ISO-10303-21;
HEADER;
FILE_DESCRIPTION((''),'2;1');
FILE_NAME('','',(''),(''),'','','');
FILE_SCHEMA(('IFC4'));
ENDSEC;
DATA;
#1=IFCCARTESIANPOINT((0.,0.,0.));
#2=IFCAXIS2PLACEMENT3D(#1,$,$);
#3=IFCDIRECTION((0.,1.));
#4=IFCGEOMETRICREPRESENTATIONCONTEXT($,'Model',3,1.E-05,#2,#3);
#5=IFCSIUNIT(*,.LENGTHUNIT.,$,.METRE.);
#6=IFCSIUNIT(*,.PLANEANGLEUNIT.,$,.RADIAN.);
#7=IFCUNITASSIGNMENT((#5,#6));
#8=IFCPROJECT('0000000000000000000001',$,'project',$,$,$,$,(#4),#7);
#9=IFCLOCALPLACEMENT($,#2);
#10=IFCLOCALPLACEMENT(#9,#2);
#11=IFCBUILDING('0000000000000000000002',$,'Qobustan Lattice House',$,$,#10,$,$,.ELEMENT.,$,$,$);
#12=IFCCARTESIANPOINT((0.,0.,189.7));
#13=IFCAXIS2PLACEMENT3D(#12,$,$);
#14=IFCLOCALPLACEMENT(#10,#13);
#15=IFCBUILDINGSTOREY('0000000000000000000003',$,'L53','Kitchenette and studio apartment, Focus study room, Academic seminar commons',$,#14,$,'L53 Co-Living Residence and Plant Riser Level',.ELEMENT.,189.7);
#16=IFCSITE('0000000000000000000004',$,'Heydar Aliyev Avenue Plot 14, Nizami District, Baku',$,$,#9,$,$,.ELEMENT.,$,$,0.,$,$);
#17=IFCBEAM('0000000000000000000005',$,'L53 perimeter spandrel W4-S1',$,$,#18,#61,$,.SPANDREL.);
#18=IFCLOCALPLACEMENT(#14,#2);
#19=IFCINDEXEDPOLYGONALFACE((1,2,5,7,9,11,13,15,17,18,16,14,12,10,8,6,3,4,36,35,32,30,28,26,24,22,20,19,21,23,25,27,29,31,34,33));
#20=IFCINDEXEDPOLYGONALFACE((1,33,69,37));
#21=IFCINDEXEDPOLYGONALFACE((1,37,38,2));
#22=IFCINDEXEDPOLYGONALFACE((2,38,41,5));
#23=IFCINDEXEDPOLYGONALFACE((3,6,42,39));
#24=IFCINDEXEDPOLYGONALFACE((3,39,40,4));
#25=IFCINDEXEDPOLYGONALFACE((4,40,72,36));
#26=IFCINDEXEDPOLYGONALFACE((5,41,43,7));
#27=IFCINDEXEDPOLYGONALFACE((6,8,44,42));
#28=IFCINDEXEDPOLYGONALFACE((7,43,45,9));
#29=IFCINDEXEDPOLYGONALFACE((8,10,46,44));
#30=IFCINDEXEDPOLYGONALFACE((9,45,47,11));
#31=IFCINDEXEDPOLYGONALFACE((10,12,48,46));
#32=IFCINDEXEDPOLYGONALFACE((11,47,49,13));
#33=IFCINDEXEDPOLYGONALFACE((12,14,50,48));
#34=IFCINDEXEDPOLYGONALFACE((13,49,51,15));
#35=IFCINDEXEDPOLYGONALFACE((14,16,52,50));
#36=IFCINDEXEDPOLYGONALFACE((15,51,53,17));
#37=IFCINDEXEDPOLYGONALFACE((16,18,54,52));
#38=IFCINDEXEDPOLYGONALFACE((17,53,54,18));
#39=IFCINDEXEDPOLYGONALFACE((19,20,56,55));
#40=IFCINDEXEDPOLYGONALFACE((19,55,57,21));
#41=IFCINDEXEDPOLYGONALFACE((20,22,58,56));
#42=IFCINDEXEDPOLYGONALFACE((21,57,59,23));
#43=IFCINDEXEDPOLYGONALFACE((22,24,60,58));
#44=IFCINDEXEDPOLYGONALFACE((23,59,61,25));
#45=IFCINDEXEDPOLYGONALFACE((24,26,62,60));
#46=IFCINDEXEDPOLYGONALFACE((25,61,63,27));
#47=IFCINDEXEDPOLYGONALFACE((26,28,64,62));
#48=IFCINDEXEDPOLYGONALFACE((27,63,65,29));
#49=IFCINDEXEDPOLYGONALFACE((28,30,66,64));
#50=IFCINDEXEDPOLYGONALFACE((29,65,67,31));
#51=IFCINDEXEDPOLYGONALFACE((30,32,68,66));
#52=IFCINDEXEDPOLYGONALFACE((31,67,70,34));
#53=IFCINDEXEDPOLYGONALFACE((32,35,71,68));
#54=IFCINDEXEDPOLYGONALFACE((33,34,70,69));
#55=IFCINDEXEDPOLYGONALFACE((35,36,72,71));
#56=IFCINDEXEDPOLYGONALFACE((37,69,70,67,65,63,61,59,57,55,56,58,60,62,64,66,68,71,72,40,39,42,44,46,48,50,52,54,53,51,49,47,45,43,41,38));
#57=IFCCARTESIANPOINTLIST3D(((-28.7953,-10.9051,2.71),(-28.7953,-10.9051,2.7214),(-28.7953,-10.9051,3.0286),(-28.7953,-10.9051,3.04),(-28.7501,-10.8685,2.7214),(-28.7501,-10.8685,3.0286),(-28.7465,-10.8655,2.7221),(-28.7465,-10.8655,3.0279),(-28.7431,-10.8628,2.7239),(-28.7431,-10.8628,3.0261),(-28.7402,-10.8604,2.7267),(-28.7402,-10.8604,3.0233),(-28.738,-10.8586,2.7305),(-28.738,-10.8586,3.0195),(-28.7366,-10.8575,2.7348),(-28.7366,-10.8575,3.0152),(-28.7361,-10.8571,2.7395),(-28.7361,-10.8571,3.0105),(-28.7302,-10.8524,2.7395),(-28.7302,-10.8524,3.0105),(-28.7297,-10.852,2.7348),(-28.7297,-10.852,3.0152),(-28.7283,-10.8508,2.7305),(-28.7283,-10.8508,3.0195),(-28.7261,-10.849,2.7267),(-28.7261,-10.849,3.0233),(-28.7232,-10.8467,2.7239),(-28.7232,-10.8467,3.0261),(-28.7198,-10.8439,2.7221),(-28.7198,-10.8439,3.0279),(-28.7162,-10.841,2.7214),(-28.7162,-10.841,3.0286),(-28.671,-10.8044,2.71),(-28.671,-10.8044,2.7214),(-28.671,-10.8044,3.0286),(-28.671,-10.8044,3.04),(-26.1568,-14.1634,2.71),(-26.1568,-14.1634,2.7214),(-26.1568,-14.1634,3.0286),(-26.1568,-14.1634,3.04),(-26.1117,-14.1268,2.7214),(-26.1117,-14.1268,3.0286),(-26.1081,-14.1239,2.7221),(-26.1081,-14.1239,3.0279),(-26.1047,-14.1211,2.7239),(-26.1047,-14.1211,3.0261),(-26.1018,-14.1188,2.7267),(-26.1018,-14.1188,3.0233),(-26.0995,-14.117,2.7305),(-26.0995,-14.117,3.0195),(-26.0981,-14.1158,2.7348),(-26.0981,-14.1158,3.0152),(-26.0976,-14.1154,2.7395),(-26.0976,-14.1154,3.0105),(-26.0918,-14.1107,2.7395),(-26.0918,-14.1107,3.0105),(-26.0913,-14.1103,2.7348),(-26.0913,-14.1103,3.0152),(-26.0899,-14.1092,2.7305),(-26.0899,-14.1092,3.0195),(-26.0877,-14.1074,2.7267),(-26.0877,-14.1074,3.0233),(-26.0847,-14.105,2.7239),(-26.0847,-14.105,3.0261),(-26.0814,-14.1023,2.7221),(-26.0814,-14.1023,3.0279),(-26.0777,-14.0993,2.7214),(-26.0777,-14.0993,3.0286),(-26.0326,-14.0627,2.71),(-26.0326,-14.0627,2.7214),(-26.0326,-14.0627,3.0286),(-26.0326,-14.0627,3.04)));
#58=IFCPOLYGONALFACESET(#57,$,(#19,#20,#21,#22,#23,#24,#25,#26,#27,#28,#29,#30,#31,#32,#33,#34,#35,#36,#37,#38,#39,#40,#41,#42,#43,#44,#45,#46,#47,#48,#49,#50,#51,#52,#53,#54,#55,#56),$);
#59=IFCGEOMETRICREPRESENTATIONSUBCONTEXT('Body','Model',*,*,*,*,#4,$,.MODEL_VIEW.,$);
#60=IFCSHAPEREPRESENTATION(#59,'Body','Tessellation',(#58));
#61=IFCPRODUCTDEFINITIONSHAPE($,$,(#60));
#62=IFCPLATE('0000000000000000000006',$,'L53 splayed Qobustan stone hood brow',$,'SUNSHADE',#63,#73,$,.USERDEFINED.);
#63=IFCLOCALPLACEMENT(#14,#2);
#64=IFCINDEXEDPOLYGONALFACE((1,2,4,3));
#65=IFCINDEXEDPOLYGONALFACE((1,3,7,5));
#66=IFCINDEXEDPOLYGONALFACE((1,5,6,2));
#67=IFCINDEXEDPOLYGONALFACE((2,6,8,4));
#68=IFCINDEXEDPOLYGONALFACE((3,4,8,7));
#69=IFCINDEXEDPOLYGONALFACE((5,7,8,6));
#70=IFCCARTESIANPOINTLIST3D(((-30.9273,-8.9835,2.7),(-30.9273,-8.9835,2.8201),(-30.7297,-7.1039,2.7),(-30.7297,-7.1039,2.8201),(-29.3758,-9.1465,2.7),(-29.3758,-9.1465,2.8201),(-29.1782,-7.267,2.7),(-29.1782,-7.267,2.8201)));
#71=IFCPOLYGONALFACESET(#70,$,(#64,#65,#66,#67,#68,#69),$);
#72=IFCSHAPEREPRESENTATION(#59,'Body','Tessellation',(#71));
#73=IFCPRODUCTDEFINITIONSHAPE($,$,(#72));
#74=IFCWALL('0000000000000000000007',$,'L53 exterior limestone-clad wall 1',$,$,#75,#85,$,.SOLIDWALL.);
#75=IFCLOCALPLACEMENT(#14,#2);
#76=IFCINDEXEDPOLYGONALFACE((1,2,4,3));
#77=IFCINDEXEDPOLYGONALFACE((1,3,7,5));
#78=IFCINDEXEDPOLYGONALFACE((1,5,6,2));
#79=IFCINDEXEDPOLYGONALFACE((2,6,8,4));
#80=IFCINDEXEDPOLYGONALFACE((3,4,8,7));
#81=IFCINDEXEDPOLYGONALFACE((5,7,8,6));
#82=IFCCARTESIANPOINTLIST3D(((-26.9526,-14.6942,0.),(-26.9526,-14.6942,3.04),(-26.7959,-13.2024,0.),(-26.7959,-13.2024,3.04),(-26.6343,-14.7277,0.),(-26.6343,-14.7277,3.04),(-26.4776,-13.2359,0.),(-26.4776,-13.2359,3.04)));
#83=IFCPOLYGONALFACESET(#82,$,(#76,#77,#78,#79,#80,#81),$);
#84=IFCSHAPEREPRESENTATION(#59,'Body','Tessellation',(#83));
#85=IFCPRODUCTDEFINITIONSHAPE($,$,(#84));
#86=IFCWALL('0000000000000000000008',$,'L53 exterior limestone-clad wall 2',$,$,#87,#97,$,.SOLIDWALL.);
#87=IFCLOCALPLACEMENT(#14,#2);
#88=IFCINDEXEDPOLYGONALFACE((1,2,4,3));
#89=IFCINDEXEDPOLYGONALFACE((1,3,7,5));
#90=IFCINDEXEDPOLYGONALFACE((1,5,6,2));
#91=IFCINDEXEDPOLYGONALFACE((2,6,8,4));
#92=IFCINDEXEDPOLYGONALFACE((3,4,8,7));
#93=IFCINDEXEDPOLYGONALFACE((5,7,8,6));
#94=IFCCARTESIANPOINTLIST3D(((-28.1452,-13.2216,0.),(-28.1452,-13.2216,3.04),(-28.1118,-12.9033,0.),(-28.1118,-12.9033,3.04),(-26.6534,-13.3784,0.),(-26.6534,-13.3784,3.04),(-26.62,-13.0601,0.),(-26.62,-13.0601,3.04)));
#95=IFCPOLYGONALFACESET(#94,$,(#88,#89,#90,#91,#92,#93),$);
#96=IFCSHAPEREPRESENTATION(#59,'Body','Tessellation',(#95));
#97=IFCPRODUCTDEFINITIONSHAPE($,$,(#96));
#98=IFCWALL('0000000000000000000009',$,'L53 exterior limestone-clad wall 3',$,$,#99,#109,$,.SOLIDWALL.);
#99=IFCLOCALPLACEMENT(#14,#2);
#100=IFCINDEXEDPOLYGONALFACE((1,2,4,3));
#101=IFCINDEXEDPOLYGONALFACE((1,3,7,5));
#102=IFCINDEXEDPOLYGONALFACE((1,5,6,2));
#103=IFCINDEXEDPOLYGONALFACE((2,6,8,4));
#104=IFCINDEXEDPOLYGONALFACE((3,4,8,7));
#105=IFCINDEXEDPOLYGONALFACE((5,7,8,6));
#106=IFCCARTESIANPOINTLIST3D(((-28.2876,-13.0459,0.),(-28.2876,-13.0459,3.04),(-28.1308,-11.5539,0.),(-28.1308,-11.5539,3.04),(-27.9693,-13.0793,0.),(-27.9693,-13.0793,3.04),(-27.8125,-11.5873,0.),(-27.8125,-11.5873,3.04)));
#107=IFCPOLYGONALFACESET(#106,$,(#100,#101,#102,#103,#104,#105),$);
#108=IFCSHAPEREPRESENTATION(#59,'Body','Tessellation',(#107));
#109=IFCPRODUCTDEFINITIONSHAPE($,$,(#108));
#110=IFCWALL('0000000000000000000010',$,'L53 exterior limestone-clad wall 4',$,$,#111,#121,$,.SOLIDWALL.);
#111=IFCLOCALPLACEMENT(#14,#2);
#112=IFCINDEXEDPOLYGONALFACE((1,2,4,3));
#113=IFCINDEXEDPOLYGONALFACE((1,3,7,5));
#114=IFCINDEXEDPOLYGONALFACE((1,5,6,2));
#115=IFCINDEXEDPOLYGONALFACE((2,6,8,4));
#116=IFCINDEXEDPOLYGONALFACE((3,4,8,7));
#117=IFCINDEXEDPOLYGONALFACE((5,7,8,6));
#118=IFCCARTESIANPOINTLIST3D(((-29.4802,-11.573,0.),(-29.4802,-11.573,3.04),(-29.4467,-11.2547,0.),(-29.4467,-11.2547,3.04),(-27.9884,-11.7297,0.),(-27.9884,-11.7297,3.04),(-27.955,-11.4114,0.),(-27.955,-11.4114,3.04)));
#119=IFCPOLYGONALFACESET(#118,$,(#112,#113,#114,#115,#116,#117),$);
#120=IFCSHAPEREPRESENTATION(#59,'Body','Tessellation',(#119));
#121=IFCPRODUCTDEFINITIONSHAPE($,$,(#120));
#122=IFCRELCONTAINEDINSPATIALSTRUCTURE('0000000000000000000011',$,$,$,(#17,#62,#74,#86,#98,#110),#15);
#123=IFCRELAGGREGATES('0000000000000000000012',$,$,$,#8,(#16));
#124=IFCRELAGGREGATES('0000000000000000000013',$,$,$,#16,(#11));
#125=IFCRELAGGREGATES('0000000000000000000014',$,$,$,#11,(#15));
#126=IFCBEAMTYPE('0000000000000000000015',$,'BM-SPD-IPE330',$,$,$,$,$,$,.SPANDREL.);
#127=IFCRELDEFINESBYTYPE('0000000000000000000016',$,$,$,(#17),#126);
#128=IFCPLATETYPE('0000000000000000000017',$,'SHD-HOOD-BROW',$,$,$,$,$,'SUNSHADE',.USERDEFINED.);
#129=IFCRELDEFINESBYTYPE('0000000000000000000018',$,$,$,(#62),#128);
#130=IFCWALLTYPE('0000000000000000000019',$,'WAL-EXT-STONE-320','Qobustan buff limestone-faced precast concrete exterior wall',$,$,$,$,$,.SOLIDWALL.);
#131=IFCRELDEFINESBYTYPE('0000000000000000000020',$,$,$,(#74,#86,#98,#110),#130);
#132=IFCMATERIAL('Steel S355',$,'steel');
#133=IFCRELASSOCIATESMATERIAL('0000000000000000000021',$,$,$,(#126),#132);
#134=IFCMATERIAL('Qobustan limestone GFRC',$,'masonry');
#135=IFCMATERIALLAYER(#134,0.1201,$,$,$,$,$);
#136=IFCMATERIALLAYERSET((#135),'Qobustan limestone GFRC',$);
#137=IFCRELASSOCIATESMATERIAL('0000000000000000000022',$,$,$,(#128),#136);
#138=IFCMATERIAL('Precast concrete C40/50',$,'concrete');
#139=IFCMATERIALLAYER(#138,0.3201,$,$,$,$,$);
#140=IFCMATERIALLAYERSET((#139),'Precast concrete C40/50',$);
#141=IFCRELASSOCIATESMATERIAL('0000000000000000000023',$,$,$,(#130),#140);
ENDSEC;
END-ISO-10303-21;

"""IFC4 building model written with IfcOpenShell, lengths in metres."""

from ifc_helpers import new_model, si_unit, direction, frame, frame_2d, origin, origin_2d, place, context, subcontext, project, spatial, rectangle, i_section, extrude, material, layer, layer_set, material_profile, profile_set, type_object, element, save


model = new_model("IFC4")

# Units and contexts
model_context = context("Model", 3, precision=1e-05, world=origin(), true_north=direction((0.0, 1.0)))
body_context = subcontext(model_context, "Body", "Model", "MODEL_VIEW")
ifc_project = project(units=[si_unit("LENGTHUNIT", "METRE"), si_unit("PLANEANGLEUNIT", "RADIAN")], contexts=[model_context])

# Site, building, storey
site_placement = place(None, origin())
site = spatial("IfcSite", under=ifc_project, at=site_placement, Name="Heydar Aliyev Avenue Plot 14, Nizami District, Baku", CompositionType="ELEMENT", RefElevation=0.0)
building_placement = place(site_placement, origin())
building = spatial("IfcBuilding", under=site, at=building_placement, Name="Qobustan Lattice House", CompositionType="ELEMENT")
storey_placement = place(building_placement, frame((0.0, 0.0, 189.7)))
storey = spatial("IfcBuildingStorey", under=building, at=storey_placement, Name="L53", Description="Kitchenette and studio apartment, Focus study room, Academic seminar commons", LongName="L53 Co-Living Residence and Plant Riser Level", CompositionType="ELEMENT", Elevation=189.7)

# Beam
ifc_material_1 = material(Name="Steel S355", Category="steel")
ifc_material_profile_1 = material_profile(ifc_material_1, i_section(OverallWidth=0.1599, OverallDepth=0.3301, WebThickness=0.0076, FlangeThickness=0.0115, FilletRadius=0.0181, at=origin_2d()), Name="IPE330")
ifc_profile_set_1 = profile_set([ifc_material_profile_1], Name="Steel S355")
beam_type_1 = type_object("IfcBeamType", Name="BM-SPD-IPE330", PredefinedType="SPANDREL", material=ifc_profile_set_1)
beam_1_placement = place(storey_placement, frame((-28.7332, -10.8547, 2.875), z_axis=(0.629307, -0.777157, 0.0), x_axis=(0.777157, 0.629307, 0.0)))
element("IfcBeam", 1, at=beam_1_placement, inside=storey, type_object=beam_type_1, Name="L53 perimeter spandrel W4-S1", PredefinedType="SPANDREL", context=body_context, shape_type="SweptSolid", body=[
    extrude(i_section(OverallWidth=0.1599, OverallDepth=0.3301, WebThickness=0.0076, FlangeThickness=0.0115, FilletRadius=0.0181, at=origin_2d()), origin(), (0.0, 0.0, 1.0), 4.1926),
])

# Plate
ifc_material_2 = material(Name="Qobustan limestone GFRC", Category="masonry")
ifc_layer_1 = layer(ifc_material_2, 0.1201)
ifc_layer_set_1 = layer_set([ifc_layer_1], Name="Qobustan limestone GFRC")
plate_type = type_object("IfcPlateType", Name="SHD-HOOD-BROW", ElementType="SUNSHADE", PredefinedType="USERDEFINED", material=ifc_layer_set_1)
plate_placement = place(storey_placement, frame((-30.0527, -8.1252, 2.7), z_axis=(0.0, 0.0, 1.0), x_axis=(0.104528, 0.994522, 0.0)))
element("IfcPlate", 2, at=plate_placement, inside=storey, type_object=plate_type, Name="L53 splayed Qobustan stone hood brow", ObjectType="SUNSHADE", PredefinedType="USERDEFINED", context=body_context, shape_type="SweptSolid", body=[
    extrude(rectangle(XDim=1.8899, YDim=1.5601, at=origin_2d()), origin(), (0.0, 0.0, 1.0), 0.1201),
])

# Walls
ifc_material_3 = material(Name="Precast concrete C40/50", Category="concrete")
ifc_layer_2 = layer(ifc_material_3, 0.3201)
ifc_layer_set_2 = layer_set([ifc_layer_2], Name="Precast concrete C40/50")
wall_type = type_object("IfcWallType", Name="WAL-EXT-STONE-320", Description="Qobustan buff limestone-faced precast concrete exterior wall", PredefinedType="SOLIDWALL", material=ifc_layer_set_2)
for number, where, z_axis, x_axis, name in (
    (3, (-26.7935, -14.7109, 0.0), (0.0, 0.0, 1.0), (0.104498, 0.994525, 0.0), "L53 exterior limestone-clad wall 1"),
    (4, (-26.6367, -13.2192, 0.0), (0.0, 0.0, 1.0), (-0.994525, 0.104498, 0.0), "L53 exterior limestone-clad wall 2"),
):
    element("IfcWall", number, at=place(storey_placement, frame(where, z_axis=z_axis, x_axis=x_axis)), inside=storey, type_object=wall_type, Name=name, PredefinedType="SOLIDWALL", context=body_context, shape_type="SweptSolid", body=[
        extrude(rectangle(XDim=1.5, YDim=0.3201, at=frame_2d((0.75, 0.0))), origin(), (0.0, 0.0, 1.0), 3.04),
    ])
wall_1_placement = place(storey_placement, frame((-28.1284, -13.0625, 0.0), z_axis=(0.0, 0.0, 1.0), x_axis=(0.104481, 0.994527, 0.0)))
element("IfcWall", 5, at=wall_1_placement, inside=storey, type_object=wall_type, Name="L53 exterior limestone-clad wall 3", PredefinedType="SOLIDWALL", context=body_context, shape_type="SweptSolid", body=[
    extrude(rectangle(XDim=1.5002, YDim=0.3201, at=frame_2d((0.75, 0.0))), origin(), (0.0, 0.0, 1.0), 3.04),
])
wall_2_placement = place(storey_placement, frame((-27.9717, -11.5706, 0.0), z_axis=(0.0, 0.0, 1.0), x_axis=(-0.994525, 0.104498, 0.0)))
element("IfcWall", 6, at=wall_2_placement, inside=storey, type_object=wall_type, Name="L53 exterior limestone-clad wall 4", PredefinedType="SOLIDWALL", context=body_context, shape_type="SweptSolid", body=[
    extrude(rectangle(XDim=1.5, YDim=0.3201, at=frame_2d((0.75, 0.0))), origin(), (0.0, 0.0, 1.0), 3.04),
])

save(model, "model.ifc")
